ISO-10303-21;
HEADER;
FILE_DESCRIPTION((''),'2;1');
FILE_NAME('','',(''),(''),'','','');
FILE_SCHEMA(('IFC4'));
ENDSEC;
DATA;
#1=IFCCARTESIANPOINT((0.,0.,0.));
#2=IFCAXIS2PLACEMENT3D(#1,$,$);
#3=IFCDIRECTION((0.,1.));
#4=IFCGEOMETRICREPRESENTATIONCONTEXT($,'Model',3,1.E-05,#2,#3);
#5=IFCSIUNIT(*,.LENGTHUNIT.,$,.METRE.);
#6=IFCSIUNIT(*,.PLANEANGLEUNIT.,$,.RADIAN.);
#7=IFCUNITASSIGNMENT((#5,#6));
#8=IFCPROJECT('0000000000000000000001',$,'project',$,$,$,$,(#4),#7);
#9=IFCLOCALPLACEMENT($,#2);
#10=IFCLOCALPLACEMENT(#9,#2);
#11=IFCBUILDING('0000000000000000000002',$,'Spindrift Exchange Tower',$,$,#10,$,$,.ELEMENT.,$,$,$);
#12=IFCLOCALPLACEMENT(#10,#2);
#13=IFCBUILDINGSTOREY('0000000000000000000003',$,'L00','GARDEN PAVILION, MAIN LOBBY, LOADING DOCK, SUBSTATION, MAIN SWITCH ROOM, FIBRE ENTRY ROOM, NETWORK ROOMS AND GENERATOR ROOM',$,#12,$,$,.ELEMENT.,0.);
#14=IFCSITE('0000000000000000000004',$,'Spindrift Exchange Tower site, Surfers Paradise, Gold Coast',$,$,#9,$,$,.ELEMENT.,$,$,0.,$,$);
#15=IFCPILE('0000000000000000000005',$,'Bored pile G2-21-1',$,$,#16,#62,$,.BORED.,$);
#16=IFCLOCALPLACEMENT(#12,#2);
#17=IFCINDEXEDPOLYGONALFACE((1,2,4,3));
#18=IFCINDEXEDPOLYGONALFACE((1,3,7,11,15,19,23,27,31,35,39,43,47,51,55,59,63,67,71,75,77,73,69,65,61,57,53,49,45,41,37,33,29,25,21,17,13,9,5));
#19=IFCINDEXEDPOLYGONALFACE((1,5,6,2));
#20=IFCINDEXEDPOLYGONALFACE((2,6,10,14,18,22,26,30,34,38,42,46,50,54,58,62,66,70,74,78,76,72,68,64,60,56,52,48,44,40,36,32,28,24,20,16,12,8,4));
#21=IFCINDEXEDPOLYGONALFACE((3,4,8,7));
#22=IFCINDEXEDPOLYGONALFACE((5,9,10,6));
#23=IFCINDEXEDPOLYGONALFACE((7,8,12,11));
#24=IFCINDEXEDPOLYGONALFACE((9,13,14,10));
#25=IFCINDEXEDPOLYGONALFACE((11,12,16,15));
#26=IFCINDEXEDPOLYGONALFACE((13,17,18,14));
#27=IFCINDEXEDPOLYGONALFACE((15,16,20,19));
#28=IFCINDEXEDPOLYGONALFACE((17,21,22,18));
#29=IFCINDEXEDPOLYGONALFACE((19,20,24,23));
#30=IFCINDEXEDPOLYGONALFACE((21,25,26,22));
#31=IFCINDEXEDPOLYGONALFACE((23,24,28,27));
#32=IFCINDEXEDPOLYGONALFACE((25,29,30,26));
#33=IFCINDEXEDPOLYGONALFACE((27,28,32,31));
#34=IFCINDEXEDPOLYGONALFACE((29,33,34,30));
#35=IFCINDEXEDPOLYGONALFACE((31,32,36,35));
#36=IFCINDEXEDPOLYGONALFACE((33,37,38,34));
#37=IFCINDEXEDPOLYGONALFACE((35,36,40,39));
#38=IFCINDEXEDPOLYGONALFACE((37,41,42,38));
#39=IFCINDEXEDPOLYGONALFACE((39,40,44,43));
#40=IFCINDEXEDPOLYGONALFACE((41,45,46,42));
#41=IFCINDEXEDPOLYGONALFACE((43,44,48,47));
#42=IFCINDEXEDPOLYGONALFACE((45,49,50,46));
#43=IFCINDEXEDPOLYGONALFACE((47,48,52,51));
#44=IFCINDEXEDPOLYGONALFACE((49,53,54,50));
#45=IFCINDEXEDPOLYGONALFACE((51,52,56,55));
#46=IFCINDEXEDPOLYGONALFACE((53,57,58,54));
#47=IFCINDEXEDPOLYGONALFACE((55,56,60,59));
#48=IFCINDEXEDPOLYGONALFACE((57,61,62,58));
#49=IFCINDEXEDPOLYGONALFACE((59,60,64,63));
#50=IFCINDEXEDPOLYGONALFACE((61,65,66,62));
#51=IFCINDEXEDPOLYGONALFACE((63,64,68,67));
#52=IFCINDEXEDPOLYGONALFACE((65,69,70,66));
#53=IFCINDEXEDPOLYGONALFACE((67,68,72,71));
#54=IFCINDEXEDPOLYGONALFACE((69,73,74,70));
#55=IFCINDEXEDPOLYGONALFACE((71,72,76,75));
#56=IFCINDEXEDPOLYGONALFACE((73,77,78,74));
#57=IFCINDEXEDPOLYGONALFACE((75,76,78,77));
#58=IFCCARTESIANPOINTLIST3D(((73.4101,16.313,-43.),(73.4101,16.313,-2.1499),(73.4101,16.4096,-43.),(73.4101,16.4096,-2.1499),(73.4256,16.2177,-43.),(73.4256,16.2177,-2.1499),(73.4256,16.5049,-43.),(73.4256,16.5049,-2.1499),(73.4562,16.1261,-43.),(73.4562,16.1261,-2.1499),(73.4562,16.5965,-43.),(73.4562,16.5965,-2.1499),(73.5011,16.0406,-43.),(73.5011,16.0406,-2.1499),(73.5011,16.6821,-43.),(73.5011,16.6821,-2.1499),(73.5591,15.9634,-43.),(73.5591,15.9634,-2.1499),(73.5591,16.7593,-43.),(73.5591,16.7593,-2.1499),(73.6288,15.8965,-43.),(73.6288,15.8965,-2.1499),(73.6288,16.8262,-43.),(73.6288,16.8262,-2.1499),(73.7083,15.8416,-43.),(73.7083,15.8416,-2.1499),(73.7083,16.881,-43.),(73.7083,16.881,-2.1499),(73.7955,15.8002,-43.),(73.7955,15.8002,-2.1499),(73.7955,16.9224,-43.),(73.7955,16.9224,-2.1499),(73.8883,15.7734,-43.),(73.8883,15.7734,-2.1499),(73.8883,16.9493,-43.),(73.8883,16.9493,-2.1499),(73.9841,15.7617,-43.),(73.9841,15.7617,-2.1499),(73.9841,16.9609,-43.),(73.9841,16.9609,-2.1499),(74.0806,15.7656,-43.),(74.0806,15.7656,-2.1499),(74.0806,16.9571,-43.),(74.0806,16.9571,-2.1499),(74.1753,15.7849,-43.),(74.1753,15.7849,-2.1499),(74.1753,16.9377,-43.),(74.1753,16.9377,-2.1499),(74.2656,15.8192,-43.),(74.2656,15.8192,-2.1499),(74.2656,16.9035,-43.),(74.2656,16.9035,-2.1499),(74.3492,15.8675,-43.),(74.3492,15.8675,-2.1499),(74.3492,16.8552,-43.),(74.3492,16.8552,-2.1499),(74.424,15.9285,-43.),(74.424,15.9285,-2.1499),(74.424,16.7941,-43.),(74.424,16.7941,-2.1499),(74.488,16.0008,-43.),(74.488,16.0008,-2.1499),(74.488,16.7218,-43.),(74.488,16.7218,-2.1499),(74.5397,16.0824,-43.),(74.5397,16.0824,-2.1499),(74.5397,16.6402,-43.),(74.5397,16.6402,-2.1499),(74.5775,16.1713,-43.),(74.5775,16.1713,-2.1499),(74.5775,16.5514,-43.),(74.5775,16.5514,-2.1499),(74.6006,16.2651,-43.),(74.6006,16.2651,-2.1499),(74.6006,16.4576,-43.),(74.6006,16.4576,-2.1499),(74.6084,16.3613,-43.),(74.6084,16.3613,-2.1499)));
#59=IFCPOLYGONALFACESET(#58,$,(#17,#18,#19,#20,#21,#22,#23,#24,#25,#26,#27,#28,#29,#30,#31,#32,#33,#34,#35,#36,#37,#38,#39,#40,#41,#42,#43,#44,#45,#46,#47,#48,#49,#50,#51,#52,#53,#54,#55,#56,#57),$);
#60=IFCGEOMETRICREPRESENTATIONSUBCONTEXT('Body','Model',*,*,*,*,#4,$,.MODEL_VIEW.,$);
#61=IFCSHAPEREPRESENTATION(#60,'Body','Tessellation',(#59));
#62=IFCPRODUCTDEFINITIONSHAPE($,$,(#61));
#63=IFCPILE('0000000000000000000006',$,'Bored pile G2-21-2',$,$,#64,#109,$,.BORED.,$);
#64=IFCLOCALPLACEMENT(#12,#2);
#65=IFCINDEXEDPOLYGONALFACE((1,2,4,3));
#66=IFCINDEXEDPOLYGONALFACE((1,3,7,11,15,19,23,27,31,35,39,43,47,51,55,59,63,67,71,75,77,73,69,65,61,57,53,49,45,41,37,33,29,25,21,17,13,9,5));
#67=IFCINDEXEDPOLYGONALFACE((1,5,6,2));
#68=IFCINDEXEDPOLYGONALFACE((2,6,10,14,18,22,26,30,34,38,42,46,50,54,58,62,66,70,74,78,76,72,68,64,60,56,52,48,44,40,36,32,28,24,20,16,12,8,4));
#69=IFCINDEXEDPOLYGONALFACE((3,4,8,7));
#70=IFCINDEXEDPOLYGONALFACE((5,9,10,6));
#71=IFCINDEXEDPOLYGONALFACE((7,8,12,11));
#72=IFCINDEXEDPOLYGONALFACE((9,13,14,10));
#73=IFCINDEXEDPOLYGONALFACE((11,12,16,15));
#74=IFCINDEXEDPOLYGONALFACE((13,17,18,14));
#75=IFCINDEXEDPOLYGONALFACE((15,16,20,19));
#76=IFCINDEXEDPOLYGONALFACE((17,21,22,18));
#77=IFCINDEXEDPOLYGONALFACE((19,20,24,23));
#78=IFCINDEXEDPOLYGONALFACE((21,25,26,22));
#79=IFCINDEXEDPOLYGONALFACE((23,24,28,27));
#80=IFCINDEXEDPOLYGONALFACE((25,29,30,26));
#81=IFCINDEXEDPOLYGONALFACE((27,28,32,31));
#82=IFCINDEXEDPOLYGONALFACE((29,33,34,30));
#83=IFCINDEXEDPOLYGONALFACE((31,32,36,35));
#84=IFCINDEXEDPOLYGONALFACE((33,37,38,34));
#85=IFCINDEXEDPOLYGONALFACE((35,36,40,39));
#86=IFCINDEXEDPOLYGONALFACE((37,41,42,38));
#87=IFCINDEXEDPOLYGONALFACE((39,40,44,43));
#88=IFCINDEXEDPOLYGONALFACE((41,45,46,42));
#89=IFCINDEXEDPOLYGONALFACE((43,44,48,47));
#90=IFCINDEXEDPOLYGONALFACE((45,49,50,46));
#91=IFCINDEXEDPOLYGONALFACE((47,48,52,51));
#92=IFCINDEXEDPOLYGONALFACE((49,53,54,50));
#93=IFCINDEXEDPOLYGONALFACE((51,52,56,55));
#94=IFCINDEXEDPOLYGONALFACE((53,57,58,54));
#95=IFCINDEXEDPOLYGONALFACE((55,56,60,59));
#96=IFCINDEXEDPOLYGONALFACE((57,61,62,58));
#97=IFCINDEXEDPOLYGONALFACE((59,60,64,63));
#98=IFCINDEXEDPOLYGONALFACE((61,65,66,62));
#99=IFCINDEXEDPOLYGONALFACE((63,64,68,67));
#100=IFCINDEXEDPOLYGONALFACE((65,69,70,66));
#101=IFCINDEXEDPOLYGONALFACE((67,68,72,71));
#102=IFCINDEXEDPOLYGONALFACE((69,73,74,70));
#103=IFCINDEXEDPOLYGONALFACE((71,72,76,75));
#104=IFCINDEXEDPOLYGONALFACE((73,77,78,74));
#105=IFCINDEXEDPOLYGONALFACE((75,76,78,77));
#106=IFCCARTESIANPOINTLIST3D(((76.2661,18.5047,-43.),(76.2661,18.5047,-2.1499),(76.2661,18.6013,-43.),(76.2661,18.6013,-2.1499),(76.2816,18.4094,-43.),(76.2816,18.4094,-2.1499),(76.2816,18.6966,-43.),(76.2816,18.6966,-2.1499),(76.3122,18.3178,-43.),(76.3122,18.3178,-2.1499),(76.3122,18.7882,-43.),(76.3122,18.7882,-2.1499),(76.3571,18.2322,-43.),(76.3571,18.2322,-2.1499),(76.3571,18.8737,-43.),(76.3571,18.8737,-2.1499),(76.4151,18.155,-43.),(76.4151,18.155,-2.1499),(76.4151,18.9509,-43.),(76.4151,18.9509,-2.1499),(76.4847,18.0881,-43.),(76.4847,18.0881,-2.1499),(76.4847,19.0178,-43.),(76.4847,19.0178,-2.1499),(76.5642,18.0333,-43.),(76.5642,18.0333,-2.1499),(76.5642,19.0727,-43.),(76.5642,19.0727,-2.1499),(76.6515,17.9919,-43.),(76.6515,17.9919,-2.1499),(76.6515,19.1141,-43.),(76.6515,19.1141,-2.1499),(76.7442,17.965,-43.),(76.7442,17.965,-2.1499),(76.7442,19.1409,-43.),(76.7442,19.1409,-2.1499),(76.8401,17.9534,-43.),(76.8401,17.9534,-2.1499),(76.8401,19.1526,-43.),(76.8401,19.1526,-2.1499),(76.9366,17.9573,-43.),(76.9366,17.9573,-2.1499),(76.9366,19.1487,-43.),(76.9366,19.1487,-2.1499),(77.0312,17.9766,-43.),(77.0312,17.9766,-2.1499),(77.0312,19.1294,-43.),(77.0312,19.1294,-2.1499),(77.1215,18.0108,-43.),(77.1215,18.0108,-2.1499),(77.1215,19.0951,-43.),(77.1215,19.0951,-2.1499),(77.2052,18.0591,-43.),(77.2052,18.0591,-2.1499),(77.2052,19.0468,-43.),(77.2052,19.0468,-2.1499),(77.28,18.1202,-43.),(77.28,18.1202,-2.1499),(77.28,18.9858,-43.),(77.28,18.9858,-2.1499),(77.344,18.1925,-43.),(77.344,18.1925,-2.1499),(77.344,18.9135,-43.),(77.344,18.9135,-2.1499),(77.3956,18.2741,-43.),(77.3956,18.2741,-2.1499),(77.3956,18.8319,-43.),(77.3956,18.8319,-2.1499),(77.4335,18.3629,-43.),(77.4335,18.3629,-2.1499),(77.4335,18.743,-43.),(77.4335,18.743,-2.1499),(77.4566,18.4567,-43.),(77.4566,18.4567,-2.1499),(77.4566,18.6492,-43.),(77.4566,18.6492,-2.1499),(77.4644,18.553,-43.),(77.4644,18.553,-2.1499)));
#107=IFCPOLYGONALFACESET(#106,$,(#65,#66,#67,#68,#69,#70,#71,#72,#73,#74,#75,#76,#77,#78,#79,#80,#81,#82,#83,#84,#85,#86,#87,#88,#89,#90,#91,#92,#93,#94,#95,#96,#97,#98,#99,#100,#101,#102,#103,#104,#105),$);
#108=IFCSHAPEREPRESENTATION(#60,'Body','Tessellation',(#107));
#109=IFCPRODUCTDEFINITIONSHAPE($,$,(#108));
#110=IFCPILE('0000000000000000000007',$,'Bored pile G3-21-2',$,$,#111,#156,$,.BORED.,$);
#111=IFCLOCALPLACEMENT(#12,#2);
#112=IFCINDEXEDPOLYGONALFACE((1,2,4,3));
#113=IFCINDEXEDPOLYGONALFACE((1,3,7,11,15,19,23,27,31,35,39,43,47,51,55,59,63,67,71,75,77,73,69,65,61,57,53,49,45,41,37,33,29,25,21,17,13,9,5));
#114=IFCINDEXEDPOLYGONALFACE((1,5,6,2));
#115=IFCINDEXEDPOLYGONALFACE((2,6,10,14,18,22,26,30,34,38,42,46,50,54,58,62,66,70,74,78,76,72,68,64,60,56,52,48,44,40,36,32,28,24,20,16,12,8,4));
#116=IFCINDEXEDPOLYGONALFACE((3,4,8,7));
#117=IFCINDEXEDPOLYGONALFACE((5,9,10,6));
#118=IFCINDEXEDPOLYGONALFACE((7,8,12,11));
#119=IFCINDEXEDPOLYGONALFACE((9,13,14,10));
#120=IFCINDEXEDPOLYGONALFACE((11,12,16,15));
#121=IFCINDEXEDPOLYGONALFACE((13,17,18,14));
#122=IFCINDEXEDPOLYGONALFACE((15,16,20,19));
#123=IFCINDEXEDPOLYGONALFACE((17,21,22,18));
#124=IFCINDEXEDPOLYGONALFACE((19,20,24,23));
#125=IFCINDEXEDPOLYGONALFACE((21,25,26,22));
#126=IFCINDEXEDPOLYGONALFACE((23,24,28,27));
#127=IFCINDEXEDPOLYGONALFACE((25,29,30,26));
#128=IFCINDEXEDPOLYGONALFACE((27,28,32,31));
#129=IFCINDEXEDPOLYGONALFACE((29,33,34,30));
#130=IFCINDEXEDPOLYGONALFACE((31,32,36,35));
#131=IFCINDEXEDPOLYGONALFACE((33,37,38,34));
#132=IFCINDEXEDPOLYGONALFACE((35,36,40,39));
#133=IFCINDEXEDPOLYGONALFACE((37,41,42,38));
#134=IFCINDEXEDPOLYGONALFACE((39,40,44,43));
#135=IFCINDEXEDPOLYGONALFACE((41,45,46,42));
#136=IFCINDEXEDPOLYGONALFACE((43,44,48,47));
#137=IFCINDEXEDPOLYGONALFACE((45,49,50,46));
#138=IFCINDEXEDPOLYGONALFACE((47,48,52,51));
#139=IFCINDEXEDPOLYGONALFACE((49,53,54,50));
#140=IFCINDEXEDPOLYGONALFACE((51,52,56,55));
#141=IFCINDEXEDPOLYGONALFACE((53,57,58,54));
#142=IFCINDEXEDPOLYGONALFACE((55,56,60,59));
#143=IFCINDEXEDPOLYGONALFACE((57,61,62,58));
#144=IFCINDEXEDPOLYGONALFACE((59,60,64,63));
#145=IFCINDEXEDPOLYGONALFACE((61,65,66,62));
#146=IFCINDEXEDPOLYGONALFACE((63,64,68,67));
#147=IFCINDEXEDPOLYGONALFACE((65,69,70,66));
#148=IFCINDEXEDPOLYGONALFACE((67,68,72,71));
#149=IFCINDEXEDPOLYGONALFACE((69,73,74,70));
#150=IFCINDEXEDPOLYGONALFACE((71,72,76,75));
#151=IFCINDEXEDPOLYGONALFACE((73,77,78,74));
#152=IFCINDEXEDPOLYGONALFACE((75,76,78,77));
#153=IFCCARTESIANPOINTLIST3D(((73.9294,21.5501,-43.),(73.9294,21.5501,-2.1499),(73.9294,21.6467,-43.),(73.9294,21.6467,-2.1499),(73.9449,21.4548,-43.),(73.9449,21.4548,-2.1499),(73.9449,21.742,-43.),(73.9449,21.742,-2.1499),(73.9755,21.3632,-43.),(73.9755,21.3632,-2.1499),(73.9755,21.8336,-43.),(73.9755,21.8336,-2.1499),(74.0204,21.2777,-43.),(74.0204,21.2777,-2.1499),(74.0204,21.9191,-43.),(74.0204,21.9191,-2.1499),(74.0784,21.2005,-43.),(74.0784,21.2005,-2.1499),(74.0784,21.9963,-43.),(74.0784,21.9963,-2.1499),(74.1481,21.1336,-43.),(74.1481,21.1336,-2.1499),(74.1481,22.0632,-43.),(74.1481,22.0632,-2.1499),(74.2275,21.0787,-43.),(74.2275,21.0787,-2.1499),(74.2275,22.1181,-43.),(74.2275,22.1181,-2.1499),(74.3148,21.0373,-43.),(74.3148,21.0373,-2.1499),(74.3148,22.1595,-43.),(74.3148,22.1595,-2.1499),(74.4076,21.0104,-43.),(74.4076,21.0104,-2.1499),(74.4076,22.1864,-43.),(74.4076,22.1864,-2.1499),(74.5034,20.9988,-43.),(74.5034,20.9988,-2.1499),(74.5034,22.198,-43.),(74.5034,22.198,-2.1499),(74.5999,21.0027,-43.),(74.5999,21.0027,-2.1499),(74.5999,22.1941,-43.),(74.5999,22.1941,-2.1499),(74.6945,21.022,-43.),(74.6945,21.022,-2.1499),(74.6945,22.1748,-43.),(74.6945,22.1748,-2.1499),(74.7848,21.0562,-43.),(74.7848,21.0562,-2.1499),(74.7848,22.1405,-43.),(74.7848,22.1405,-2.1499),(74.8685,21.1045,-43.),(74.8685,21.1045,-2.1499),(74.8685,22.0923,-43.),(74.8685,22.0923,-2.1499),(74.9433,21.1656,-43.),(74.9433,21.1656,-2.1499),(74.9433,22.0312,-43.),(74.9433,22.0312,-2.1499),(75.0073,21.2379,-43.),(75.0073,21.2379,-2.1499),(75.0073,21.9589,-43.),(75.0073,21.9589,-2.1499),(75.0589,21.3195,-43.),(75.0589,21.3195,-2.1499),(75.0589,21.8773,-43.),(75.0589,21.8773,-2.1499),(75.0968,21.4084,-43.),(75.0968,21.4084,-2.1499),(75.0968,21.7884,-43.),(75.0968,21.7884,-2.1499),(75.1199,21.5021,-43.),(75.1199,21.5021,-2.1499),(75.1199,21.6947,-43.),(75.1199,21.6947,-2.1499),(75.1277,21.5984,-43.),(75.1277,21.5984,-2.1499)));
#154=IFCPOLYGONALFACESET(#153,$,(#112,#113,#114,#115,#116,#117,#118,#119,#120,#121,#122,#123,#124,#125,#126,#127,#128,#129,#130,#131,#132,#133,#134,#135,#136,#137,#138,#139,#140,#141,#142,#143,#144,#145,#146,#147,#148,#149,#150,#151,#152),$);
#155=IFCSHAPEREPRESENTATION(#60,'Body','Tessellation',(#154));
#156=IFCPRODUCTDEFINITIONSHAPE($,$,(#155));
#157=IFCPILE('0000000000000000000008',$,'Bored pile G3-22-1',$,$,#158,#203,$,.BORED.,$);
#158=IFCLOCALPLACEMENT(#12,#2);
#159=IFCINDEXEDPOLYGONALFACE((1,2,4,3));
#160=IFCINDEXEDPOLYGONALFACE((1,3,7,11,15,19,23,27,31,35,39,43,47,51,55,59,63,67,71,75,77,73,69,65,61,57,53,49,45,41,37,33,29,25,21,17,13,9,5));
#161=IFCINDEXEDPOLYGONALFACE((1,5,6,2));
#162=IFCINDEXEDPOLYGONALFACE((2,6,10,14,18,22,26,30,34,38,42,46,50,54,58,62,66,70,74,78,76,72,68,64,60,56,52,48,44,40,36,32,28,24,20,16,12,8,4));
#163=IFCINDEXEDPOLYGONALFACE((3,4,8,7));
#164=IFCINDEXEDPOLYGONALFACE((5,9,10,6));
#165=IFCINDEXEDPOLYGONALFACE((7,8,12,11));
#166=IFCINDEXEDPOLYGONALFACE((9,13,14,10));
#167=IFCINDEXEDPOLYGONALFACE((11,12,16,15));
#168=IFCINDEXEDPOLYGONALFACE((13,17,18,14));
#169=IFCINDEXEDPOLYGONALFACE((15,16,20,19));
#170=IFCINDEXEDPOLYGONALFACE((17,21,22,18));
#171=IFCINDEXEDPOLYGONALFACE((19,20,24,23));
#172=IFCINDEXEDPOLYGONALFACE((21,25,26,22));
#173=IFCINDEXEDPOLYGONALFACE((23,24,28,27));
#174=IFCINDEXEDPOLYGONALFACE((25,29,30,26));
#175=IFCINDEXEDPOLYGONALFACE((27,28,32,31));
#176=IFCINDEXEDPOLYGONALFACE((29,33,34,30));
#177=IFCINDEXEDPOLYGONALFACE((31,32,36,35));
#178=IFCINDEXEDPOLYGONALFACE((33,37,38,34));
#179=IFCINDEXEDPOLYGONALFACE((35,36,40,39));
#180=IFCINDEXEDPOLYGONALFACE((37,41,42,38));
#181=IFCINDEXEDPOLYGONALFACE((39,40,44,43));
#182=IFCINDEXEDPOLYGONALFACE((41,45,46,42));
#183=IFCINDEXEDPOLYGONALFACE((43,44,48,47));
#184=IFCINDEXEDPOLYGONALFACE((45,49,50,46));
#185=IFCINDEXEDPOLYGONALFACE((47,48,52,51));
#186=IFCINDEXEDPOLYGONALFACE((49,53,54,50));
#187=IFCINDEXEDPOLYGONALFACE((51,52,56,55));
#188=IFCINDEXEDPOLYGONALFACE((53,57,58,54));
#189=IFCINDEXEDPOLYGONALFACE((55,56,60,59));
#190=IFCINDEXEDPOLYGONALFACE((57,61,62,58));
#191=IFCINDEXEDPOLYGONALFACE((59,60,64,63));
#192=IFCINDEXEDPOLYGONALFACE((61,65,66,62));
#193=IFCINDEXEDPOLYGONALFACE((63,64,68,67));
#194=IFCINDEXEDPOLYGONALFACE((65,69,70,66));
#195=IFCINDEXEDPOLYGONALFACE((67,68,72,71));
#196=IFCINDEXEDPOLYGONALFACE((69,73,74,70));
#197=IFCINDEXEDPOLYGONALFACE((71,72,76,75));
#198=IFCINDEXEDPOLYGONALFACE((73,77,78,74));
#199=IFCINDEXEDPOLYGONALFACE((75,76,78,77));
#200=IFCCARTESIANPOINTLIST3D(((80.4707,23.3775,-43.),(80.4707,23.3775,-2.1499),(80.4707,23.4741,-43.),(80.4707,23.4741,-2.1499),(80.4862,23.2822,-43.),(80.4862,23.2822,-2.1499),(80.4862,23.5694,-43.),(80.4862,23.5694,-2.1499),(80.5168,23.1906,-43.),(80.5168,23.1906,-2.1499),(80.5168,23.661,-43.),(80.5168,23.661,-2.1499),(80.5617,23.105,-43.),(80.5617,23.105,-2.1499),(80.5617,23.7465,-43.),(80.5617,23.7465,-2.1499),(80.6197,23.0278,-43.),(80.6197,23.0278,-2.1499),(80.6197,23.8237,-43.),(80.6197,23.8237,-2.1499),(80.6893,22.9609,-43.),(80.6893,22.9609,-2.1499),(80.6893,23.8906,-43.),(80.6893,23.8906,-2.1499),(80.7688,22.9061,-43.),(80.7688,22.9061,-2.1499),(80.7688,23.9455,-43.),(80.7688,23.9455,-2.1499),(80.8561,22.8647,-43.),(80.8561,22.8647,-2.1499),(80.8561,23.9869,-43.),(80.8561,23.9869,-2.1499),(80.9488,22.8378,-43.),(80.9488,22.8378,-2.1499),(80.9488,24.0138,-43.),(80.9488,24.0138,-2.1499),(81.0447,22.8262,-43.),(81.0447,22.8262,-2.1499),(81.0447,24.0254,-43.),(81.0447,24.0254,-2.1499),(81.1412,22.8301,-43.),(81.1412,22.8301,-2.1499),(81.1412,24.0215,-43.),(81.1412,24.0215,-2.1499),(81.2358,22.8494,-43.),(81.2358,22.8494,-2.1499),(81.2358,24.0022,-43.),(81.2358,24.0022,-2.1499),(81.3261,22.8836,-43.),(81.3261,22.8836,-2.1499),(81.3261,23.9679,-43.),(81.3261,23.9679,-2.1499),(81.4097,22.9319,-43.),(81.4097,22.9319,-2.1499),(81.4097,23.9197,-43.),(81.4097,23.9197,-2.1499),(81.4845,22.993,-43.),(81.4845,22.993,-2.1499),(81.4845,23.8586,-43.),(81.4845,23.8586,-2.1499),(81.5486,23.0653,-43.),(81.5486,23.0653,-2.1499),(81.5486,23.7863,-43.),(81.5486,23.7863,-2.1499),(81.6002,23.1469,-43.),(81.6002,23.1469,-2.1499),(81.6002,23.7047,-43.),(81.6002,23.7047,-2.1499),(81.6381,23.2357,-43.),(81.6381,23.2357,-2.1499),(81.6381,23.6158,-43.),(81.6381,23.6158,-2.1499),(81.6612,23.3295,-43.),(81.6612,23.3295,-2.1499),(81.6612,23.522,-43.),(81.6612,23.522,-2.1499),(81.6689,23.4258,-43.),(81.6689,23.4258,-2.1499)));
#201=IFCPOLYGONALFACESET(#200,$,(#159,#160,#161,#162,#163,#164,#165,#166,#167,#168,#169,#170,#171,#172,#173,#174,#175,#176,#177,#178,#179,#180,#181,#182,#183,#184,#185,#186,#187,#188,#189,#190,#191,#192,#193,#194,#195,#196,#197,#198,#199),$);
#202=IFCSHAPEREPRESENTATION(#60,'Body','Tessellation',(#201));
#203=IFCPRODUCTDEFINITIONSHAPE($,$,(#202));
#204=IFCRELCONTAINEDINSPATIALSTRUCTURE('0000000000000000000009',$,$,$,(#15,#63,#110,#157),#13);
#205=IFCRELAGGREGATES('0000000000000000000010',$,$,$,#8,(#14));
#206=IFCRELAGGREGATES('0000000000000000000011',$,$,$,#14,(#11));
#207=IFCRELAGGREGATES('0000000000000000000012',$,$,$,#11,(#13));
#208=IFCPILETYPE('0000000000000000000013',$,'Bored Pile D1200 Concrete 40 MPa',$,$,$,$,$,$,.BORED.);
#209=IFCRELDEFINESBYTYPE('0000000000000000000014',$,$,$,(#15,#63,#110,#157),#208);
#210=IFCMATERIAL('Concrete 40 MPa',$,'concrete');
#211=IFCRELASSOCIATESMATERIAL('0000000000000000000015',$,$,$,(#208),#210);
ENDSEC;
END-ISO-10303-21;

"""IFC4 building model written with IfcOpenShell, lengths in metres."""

from ifc_helpers import new_model, si_unit, direction, frame, origin, origin_2d, place, context, subcontext, project, spatial, circle, extrude, source, transform, mapped, material, material_profile, profile_set, type_object, element, save


model = new_model("IFC4")

# Units and contexts
model_context = context("Model", 3, precision=1e-05, world=origin(), true_north=direction((0.0, 1.0)))
body_context = subcontext(model_context, "Body", "Model", "MODEL_VIEW")
ifc_project = project(units=[si_unit("LENGTHUNIT", "METRE"), si_unit("PLANEANGLEUNIT", "RADIAN")], contexts=[model_context])

# Site, building, storey
site_placement = place(None, origin())
site = spatial("IfcSite", under=ifc_project, at=site_placement, Name="Spindrift Exchange Tower site, Surfers Paradise, Gold Coast", CompositionType="ELEMENT", RefElevation=0.0)
building_placement = place(site_placement, origin())
building = spatial("IfcBuilding", under=site, at=building_placement, Name="Spindrift Exchange Tower", CompositionType="ELEMENT")
storey_placement = place(building_placement, origin())
storey = spatial("IfcBuildingStorey", under=building, at=storey_placement, Name="L00", Description="GARDEN PAVILION, MAIN LOBBY, LOADING DOCK, SUBSTATION, MAIN SWITCH ROOM, FIBRE ENTRY ROOM, NETWORK ROOMS AND GENERATOR ROOM", CompositionType="ELEMENT", Elevation=0.0)

# Piles
ifc_material_1 = material(Name="Concrete 40 MPa", Category="concrete")
ifc_material_profile_1 = material_profile(ifc_material_1, circle(Radius=0.6001, at=origin_2d()), Name="BP D1200")
ifc_profile_set_1 = profile_set([ifc_material_profile_1], Name="Concrete 40 MPa")
pile_type = type_object("IfcPileType", Name="Bored Pile D1200 Concrete 40 MPa", PredefinedType="BORED", material=ifc_profile_set_1)
shared_shape_1 = source(origin(), body_context, "Body", "SweptSolid", [
    extrude(circle(Radius=0.6001, at=origin_2d()), origin(), (0.0, 0.0, 1.0), 40.8501),
])
for number, where, z_axis, x_axis, name in (
    (1, (74.0083, 16.3613, -2.1499), (0.0, 0.0, -1.0), (1.0, 0.0, 0.0), "Bored pile G2-21-1"),
    (2, (76.8643, 18.553, -2.1499), (0.0, 0.0, -1.0), (1.0, 0.0, 0.0), "Bored pile G2-21-2"),
    (3, (74.5276, 21.5984, -2.1499), (0.0, 0.0, -1.0), (1.0, 0.0, 0.0), "Bored pile G3-21-2"),
    (4, (81.0688, 23.4258, -2.1499), (0.0, 0.0, -1.0), (1.0, 0.0, 0.0), "Bored pile G3-22-1"),
):
    element("IfcPile", number, at=place(storey_placement, frame(where, z_axis=z_axis, x_axis=x_axis)), inside=storey, type_object=pile_type, Name=name, PredefinedType="BORED", context=body_context, shape_type="MappedRepresentation", body=[
        mapped(shared_shape_1, transform((0.0, 0.0, 0.0), scale=1.0)),
    ])

save(model, "model.ifc")
